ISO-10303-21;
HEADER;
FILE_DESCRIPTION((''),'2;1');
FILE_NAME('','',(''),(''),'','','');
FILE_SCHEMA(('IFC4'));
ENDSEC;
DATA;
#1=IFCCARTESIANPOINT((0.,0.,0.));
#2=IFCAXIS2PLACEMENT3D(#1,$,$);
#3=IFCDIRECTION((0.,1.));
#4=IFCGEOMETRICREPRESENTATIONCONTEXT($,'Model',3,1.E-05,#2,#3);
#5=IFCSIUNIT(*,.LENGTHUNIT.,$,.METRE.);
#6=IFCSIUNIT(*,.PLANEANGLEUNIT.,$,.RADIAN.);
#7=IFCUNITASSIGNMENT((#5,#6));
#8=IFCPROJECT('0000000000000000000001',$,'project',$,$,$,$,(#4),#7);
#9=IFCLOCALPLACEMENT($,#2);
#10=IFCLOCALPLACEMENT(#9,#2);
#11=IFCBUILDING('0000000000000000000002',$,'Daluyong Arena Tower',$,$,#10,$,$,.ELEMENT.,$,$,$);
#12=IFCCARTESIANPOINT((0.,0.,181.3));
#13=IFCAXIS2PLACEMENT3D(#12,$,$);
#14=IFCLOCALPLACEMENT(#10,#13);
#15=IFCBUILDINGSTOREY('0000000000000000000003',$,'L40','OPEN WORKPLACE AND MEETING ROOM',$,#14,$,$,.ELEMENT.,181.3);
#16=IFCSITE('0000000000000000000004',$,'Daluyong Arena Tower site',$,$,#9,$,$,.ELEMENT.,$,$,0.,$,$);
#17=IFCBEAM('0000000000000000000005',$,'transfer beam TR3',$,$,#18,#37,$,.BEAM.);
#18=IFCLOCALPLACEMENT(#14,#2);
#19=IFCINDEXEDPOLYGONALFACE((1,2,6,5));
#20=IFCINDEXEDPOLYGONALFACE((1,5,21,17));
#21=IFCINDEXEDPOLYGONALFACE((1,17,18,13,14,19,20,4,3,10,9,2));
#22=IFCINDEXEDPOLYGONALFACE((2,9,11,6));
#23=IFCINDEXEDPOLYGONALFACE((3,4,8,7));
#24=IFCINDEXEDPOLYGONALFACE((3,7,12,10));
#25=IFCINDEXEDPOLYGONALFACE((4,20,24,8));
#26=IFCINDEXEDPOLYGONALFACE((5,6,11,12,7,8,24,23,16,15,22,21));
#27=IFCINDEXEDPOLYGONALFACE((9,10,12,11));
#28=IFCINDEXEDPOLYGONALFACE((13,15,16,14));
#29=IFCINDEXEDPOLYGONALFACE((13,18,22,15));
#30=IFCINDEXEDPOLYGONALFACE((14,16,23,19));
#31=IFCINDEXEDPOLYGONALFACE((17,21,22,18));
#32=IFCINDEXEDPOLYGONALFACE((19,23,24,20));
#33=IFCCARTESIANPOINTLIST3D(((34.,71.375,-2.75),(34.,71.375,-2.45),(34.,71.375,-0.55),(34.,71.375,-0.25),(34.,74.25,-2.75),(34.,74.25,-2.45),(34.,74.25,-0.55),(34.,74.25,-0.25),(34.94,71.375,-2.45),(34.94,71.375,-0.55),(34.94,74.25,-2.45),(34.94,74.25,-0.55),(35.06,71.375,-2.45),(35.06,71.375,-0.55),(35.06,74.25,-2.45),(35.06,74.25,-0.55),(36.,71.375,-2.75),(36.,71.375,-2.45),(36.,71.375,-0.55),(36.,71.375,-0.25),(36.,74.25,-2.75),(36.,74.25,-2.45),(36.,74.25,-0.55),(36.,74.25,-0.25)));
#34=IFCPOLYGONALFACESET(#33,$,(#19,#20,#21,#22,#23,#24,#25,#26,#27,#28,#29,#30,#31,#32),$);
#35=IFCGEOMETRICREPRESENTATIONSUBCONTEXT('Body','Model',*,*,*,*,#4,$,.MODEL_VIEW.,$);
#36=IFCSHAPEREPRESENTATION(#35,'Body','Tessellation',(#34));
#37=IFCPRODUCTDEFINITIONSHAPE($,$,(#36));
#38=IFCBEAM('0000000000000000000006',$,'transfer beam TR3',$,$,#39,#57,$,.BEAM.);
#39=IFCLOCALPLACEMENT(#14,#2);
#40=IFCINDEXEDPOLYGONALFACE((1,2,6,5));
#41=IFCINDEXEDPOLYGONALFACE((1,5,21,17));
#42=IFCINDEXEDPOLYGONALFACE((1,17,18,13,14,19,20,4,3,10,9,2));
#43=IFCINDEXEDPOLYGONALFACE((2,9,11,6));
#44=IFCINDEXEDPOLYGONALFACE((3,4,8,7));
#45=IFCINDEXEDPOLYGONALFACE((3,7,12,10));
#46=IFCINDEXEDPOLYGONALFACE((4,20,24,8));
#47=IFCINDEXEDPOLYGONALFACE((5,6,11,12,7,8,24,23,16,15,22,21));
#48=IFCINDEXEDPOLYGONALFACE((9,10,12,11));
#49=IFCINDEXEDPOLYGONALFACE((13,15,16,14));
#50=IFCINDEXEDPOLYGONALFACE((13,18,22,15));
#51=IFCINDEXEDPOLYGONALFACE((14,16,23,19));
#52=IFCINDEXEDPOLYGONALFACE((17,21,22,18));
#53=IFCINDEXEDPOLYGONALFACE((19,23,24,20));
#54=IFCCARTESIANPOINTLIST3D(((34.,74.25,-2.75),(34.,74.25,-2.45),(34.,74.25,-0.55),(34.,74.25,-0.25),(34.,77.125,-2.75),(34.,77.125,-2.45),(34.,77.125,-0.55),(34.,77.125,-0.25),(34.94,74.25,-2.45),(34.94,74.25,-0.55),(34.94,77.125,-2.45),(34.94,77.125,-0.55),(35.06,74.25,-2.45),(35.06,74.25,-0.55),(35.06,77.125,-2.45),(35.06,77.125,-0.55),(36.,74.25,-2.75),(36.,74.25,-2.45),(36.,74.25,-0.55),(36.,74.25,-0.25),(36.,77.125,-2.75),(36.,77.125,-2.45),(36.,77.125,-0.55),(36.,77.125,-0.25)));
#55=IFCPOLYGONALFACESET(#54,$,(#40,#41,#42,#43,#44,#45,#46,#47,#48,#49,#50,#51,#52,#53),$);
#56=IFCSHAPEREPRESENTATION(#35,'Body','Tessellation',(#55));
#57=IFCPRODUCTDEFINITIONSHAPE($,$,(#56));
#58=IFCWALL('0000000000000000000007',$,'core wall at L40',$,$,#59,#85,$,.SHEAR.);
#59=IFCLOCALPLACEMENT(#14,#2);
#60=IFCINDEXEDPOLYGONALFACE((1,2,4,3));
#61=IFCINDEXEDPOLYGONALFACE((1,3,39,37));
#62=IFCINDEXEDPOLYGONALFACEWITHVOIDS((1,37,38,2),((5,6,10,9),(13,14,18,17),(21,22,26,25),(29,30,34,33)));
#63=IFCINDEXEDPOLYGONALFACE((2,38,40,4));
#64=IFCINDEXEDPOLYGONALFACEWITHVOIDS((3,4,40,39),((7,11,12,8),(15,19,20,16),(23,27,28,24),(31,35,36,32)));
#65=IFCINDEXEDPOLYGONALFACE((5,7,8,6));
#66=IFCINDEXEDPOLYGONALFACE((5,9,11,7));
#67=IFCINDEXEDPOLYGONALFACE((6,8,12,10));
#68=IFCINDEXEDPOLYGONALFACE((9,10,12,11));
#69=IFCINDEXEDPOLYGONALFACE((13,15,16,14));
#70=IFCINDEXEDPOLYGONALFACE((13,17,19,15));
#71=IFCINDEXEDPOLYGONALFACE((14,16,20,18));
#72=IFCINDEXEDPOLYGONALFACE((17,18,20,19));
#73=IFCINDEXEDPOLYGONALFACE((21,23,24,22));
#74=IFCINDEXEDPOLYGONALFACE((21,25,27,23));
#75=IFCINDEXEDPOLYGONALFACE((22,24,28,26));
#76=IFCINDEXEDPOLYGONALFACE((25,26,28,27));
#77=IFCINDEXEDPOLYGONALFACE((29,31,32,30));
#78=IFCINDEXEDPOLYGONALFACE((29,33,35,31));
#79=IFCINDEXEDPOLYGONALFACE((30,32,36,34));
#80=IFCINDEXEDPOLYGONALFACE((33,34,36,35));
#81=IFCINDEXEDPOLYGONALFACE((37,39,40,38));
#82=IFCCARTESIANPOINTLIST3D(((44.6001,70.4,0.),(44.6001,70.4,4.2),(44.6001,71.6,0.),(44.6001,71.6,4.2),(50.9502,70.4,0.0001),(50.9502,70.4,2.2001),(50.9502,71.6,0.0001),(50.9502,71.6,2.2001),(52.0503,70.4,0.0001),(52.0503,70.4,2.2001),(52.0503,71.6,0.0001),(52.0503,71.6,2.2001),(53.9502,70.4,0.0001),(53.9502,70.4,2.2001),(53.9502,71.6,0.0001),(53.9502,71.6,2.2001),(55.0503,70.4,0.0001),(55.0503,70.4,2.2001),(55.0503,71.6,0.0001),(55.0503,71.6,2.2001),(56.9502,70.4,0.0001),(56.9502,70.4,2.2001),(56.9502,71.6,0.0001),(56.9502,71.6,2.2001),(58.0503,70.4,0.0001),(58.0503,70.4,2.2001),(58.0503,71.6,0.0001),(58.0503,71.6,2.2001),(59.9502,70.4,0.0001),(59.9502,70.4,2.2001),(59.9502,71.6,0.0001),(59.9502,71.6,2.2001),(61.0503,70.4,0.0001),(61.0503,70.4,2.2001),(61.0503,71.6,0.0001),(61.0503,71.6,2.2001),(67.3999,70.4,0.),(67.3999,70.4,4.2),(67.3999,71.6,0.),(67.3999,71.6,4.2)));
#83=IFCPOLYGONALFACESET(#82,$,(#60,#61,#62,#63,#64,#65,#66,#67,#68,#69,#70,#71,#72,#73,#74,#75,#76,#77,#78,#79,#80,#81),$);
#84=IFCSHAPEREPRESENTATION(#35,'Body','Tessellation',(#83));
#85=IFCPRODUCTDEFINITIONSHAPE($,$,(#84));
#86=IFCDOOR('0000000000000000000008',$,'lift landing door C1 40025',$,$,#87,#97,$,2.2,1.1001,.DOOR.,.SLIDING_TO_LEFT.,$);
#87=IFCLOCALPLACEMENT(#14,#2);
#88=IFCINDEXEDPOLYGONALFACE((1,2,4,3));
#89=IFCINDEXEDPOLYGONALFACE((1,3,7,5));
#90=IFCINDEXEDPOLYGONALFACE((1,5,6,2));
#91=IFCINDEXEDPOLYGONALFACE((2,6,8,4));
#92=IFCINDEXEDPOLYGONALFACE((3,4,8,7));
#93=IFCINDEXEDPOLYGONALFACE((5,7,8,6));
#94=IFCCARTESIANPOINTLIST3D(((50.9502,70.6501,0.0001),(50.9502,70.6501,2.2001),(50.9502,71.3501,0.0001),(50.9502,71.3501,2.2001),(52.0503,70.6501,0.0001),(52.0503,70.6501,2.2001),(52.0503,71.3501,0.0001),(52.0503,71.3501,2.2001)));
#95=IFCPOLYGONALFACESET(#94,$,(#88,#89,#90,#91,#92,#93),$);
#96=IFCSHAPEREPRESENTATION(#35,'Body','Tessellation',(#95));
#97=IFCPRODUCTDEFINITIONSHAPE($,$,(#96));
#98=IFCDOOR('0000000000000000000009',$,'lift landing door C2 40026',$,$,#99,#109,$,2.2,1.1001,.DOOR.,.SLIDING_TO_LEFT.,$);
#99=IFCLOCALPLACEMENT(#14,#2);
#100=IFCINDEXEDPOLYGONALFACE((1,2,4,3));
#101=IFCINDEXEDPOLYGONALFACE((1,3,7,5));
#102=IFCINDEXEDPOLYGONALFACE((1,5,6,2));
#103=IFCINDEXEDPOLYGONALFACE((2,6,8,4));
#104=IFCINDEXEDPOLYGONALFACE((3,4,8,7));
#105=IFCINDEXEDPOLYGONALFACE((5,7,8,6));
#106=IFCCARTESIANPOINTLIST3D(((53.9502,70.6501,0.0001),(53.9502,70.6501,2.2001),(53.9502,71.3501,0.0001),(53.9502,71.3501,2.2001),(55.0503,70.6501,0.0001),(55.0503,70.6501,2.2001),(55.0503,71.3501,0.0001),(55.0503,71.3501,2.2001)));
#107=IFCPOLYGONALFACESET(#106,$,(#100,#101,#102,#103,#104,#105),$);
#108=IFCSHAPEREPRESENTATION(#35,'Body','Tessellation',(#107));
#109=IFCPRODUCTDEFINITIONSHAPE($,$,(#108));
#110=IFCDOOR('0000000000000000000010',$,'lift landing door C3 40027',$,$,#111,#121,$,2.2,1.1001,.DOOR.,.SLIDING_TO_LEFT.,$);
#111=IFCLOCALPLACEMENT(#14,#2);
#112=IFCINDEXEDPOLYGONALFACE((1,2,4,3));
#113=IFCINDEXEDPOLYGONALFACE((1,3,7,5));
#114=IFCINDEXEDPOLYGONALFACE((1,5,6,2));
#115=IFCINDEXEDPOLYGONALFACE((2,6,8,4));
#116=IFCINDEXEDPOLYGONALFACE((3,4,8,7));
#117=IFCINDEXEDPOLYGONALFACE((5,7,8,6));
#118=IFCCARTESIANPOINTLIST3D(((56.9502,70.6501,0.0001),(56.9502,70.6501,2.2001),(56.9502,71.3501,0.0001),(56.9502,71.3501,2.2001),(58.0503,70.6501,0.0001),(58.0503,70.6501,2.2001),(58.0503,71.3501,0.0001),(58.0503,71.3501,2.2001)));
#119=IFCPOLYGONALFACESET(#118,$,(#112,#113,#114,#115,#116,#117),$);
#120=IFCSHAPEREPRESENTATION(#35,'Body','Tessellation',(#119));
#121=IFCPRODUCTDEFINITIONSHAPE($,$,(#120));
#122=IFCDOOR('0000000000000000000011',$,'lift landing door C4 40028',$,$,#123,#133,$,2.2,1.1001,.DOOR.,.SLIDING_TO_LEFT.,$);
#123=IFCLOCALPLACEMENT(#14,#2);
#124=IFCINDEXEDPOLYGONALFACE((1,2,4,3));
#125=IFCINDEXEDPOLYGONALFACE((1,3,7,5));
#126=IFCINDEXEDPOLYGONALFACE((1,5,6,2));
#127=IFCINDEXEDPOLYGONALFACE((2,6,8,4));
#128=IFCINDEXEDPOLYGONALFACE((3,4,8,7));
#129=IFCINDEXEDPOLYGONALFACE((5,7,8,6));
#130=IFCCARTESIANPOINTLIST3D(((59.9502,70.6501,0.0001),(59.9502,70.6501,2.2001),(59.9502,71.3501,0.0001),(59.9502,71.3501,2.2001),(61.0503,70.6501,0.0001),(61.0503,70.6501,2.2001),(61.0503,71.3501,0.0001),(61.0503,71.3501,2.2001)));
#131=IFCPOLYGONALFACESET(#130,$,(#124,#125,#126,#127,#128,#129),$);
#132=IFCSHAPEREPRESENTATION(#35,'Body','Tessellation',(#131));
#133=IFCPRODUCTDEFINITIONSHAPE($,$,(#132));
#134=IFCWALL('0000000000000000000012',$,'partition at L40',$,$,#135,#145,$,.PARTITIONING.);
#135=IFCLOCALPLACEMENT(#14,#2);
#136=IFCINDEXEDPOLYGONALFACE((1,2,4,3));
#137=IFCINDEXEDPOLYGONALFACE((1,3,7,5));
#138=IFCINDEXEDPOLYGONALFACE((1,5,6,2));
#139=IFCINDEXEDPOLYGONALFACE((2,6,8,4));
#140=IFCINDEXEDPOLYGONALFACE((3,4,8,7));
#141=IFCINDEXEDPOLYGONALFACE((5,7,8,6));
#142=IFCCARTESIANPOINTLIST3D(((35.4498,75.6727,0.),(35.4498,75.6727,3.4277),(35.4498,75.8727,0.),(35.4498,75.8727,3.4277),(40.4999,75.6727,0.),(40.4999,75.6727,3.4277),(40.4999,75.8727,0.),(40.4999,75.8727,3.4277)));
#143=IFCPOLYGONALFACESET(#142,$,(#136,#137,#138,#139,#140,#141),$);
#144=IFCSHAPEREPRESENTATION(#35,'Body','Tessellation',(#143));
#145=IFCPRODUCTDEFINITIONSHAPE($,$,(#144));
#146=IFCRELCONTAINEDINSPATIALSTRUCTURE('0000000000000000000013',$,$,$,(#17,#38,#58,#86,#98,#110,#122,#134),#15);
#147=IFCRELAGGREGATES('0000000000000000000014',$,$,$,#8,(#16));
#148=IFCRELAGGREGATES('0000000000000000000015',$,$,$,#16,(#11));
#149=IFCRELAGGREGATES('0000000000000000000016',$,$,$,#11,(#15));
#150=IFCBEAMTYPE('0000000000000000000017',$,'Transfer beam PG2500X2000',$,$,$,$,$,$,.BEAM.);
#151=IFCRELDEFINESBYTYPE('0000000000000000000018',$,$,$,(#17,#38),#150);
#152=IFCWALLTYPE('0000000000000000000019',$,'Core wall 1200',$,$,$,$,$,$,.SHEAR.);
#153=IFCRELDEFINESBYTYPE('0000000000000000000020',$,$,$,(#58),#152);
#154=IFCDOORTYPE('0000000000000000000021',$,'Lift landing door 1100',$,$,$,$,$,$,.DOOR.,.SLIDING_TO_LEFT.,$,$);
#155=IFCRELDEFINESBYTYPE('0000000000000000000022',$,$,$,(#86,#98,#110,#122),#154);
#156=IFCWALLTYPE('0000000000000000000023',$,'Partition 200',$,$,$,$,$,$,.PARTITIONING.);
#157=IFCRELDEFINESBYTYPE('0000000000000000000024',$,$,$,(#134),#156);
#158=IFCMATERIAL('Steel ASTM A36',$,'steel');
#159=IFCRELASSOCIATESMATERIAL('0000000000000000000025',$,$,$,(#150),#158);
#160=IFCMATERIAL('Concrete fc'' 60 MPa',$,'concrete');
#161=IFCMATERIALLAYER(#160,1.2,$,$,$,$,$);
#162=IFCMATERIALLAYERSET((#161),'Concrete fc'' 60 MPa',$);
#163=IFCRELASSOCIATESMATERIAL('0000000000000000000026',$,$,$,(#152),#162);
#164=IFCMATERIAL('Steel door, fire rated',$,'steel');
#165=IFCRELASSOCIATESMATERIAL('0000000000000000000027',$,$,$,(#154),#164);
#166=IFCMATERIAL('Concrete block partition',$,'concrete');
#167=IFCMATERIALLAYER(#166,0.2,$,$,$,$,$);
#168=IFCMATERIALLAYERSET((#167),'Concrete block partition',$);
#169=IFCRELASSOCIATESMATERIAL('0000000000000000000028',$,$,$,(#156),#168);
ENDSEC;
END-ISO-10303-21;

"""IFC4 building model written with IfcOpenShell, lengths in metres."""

from ifc_helpers import new_model, si_unit, direction, frame, frame_2d, origin, origin_2d, place, context, subcontext, project, spatial, rectangle, i_section, extrude, material, layer, layer_set, material_profile, profile_set, type_object, element, fill, save


model = new_model("IFC4")

# Units and contexts
model_context = context("Model", 3, precision=1e-05, world=origin(), true_north=direction((0.0, 1.0)))
body_context = subcontext(model_context, "Body", "Model", "MODEL_VIEW")
ifc_project = project(units=[si_unit("LENGTHUNIT", "METRE"), si_unit("PLANEANGLEUNIT", "RADIAN")], contexts=[model_context])

# Site, building, storey
site_placement = place(None, origin())
site = spatial("IfcSite", under=ifc_project, at=site_placement, Name="Daluyong Arena Tower site", CompositionType="ELEMENT", RefElevation=0.0)
building_placement = place(site_placement, origin())
building = spatial("IfcBuilding", under=site, at=building_placement, Name="Daluyong Arena Tower", CompositionType="ELEMENT")
storey_placement = place(building_placement, frame((0.0, 0.0, 181.3)))
storey = spatial("IfcBuildingStorey", under=building, at=storey_placement, Name="L40", Description="OPEN WORKPLACE AND MEETING ROOM", CompositionType="ELEMENT", Elevation=181.3)

# Beams
ifc_material_1 = material(Name="Steel ASTM A36", Category="steel")
ifc_material_profile_1 = material_profile(ifc_material_1, i_section(OverallWidth=2.0, OverallDepth=2.5, WebThickness=0.12, FlangeThickness=0.3, at=origin_2d()))
ifc_profile_set_1 = profile_set([ifc_material_profile_1], Name="Steel ASTM A36")
beam_type_1 = type_object("IfcBeamType", Name="Transfer beam PG2500X2000", PredefinedType="BEAM", material=ifc_profile_set_1)
for number, where, z_axis, x_axis, name in (
    (1, (35.0, 71.375, -1.5), (0.0, 1.0, 0.0), (-1.0, 0.0, 0.0), "transfer beam TR3"),
    (2, (35.0, 74.25, -1.5), (0.0, 1.0, 0.0), (-1.0, 0.0, 0.0), "transfer beam TR3"),
):
    element("IfcBeam", number, at=place(storey_placement, frame(where, z_axis=z_axis, x_axis=x_axis)), inside=storey, type_object=beam_type_1, Name=name, PredefinedType="BEAM", context=body_context, shape_type="SweptSolid", body=[
        extrude(i_section(OverallWidth=2.0, OverallDepth=2.5, WebThickness=0.12, FlangeThickness=0.3, at=origin_2d()), origin(), (0.0, 0.0, 1.0), 2.875),
    ])

# Shared definitions
ifc_material_2 = material(Name="Concrete fc' 60 MPa", Category="concrete")
ifc_layer_1 = layer(ifc_material_2, 1.2)
ifc_layer_set_1 = layer_set([ifc_layer_1], Name="Concrete fc' 60 MPa")
wall_type_1 = type_object("IfcWallType", Name="Core wall 1200", PredefinedType="SHEAR", material=ifc_layer_set_1)

# Wall, openings, doors
wall_1_placement = place(storey_placement, frame((44.6001, 71.0, 0.0), z_axis=(0.0, 0.0, 1.0), x_axis=(1.0, 0.0, 0.0)))
wall_1 = element("IfcWall", 3, at=wall_1_placement, inside=storey, type_object=wall_type_1, Name="core wall at L40", PredefinedType="SHEAR", context=body_context, shape_type="SweptSolid", body=[
    extrude(rectangle(XDim=22.7998, YDim=1.2, at=frame_2d((11.3999, 0.0))), origin(), (0.0, 0.0, 1.0), 4.2),
])
opening_1_placement = place(wall_1_placement, frame((6.3501, 0.0, 0.0)))
opening_1 = element("IfcOpeningElement", 4, at=opening_1_placement, cuts=wall_1, PredefinedType="OPENING", context=body_context, shape_type="SweptSolid", body=[
    extrude(rectangle(XDim=1.1001, YDim=2.2, at=frame_2d((0.55, 1.1001))), frame((0.0, 0.6099, 0.0), z_axis=(0.0, -1.0, 0.0), x_axis=(1.0, 0.0, 0.0)), (0.0, 0.0, 1.0), 1.22),
])
opening_2_placement = place(wall_1_placement, frame((9.3501, 0.0, 0.0)))
opening_2 = element("IfcOpeningElement", 5, at=opening_2_placement, cuts=wall_1, PredefinedType="OPENING", context=body_context, shape_type="SweptSolid", body=[
    extrude(rectangle(XDim=1.1001, YDim=2.2, at=frame_2d((0.55, 1.1001))), frame((0.0, 0.6099, 0.0), z_axis=(0.0, -1.0, 0.0), x_axis=(1.0, 0.0, 0.0)), (0.0, 0.0, 1.0), 1.22),
])
opening_3_placement = place(wall_1_placement, frame((12.3501, 0.0, 0.0)))
opening_3 = element("IfcOpeningElement", 6, at=opening_3_placement, cuts=wall_1, PredefinedType="OPENING", context=body_context, shape_type="SweptSolid", body=[
    extrude(rectangle(XDim=1.1001, YDim=2.2, at=frame_2d((0.55, 1.1001))), frame((0.0, 0.6099, 0.0), z_axis=(0.0, -1.0, 0.0), x_axis=(1.0, 0.0, 0.0)), (0.0, 0.0, 1.0), 1.22),
])
opening_4_placement = place(wall_1_placement, frame((15.3501, 0.0, 0.0)))
opening_4 = element("IfcOpeningElement", 7, at=opening_4_placement, cuts=wall_1, PredefinedType="OPENING", context=body_context, shape_type="SweptSolid", body=[
    extrude(rectangle(XDim=1.1001, YDim=2.2, at=frame_2d((0.55, 1.1001))), frame((0.0, 0.6099, 0.0), z_axis=(0.0, -1.0, 0.0), x_axis=(1.0, 0.0, 0.0)), (0.0, 0.0, 1.0), 1.22),
])
ifc_material_3 = material(Name="Steel door, fire rated", Category="steel")
door_type_1 = type_object("IfcDoorType", Name="Lift landing door 1100", OperationType="SLIDING_TO_LEFT", PredefinedType="DOOR", material=ifc_material_3)
door_1_placement = place(opening_1_placement, origin())
door_1 = element("IfcDoor", 8, at=door_1_placement, inside=storey, type_object=door_type_1, Name="lift landing door C1 40025", OperationType="SLIDING_TO_LEFT", OverallHeight=2.2, OverallWidth=1.1001, PredefinedType="DOOR", context=body_context, shape_type="SweptSolid", body=[
    extrude(rectangle(XDim=1.1001, YDim=2.2, at=frame_2d((0.55, 1.1001))), frame((0.0, 0.3501, 0.0), z_axis=(0.0, -1.0, 0.0), x_axis=(1.0, 0.0, 0.0)), (0.0, 0.0, 1.0), 0.7),
])
fill(opening_1, door_1)
door_2_placement = place(opening_2_placement, origin())
door_2 = element("IfcDoor", 9, at=door_2_placement, inside=storey, type_object=door_type_1, Name="lift landing door C2 40026", OperationType="SLIDING_TO_LEFT", OverallHeight=2.2, OverallWidth=1.1001, PredefinedType="DOOR", context=body_context, shape_type="SweptSolid", body=[
    extrude(rectangle(XDim=1.1001, YDim=2.2, at=frame_2d((0.55, 1.1001))), frame((0.0, 0.3501, 0.0), z_axis=(0.0, -1.0, 0.0), x_axis=(1.0, 0.0, 0.0)), (0.0, 0.0, 1.0), 0.7),
])
fill(opening_2, door_2)
door_3_placement = place(opening_3_placement, origin())
door_3 = element("IfcDoor", 10, at=door_3_placement, inside=storey, type_object=door_type_1, Name="lift landing door C3 40027", OperationType="SLIDING_TO_LEFT", OverallHeight=2.2, OverallWidth=1.1001, PredefinedType="DOOR", context=body_context, shape_type="SweptSolid", body=[
    extrude(rectangle(XDim=1.1001, YDim=2.2, at=frame_2d((0.55, 1.1001))), frame((0.0, 0.3501, 0.0), z_axis=(0.0, -1.0, 0.0), x_axis=(1.0, 0.0, 0.0)), (0.0, 0.0, 1.0), 0.7),
])
fill(opening_3, door_3)
door_4_placement = place(opening_4_placement, origin())
door_4 = element("IfcDoor", 11, at=door_4_placement, inside=storey, type_object=door_type_1, Name="lift landing door C4 40028", OperationType="SLIDING_TO_LEFT", OverallHeight=2.2, OverallWidth=1.1001, PredefinedType="DOOR", context=body_context, shape_type="SweptSolid", body=[
    extrude(rectangle(XDim=1.1001, YDim=2.2, at=frame_2d((0.55, 1.1001))), frame((0.0, 0.3501, 0.0), z_axis=(0.0, -1.0, 0.0), x_axis=(1.0, 0.0, 0.0)), (0.0, 0.0, 1.0), 0.7),
])
fill(opening_4, door_4)

# Wall
ifc_material_4 = material(Name="Concrete block partition", Category="concrete")
ifc_layer_2 = layer(ifc_material_4, 0.2)
ifc_layer_set_2 = layer_set([ifc_layer_2], Name="Concrete block partition")
wall_type_2 = type_object("IfcWallType", Name="Partition 200", PredefinedType="PARTITIONING", material=ifc_layer_set_2)
wall_2_placement = place(storey_placement, frame((35.45, 75.7727, 0.0), z_axis=(0.0, 0.0, 1.0), x_axis=(1.0, 0.0, 0.0)))
element("IfcWall", 12, at=wall_2_placement, inside=storey, type_object=wall_type_2, Name="partition at L40", PredefinedType="PARTITIONING", context=body_context, shape_type="SweptSolid", body=[
    extrude(rectangle(XDim=5.05, YDim=0.2, at=frame_2d((2.5249, 0.0))), origin(), (0.0, 0.0, 1.0), 3.4277),
])

save(model, "model.ifc")
